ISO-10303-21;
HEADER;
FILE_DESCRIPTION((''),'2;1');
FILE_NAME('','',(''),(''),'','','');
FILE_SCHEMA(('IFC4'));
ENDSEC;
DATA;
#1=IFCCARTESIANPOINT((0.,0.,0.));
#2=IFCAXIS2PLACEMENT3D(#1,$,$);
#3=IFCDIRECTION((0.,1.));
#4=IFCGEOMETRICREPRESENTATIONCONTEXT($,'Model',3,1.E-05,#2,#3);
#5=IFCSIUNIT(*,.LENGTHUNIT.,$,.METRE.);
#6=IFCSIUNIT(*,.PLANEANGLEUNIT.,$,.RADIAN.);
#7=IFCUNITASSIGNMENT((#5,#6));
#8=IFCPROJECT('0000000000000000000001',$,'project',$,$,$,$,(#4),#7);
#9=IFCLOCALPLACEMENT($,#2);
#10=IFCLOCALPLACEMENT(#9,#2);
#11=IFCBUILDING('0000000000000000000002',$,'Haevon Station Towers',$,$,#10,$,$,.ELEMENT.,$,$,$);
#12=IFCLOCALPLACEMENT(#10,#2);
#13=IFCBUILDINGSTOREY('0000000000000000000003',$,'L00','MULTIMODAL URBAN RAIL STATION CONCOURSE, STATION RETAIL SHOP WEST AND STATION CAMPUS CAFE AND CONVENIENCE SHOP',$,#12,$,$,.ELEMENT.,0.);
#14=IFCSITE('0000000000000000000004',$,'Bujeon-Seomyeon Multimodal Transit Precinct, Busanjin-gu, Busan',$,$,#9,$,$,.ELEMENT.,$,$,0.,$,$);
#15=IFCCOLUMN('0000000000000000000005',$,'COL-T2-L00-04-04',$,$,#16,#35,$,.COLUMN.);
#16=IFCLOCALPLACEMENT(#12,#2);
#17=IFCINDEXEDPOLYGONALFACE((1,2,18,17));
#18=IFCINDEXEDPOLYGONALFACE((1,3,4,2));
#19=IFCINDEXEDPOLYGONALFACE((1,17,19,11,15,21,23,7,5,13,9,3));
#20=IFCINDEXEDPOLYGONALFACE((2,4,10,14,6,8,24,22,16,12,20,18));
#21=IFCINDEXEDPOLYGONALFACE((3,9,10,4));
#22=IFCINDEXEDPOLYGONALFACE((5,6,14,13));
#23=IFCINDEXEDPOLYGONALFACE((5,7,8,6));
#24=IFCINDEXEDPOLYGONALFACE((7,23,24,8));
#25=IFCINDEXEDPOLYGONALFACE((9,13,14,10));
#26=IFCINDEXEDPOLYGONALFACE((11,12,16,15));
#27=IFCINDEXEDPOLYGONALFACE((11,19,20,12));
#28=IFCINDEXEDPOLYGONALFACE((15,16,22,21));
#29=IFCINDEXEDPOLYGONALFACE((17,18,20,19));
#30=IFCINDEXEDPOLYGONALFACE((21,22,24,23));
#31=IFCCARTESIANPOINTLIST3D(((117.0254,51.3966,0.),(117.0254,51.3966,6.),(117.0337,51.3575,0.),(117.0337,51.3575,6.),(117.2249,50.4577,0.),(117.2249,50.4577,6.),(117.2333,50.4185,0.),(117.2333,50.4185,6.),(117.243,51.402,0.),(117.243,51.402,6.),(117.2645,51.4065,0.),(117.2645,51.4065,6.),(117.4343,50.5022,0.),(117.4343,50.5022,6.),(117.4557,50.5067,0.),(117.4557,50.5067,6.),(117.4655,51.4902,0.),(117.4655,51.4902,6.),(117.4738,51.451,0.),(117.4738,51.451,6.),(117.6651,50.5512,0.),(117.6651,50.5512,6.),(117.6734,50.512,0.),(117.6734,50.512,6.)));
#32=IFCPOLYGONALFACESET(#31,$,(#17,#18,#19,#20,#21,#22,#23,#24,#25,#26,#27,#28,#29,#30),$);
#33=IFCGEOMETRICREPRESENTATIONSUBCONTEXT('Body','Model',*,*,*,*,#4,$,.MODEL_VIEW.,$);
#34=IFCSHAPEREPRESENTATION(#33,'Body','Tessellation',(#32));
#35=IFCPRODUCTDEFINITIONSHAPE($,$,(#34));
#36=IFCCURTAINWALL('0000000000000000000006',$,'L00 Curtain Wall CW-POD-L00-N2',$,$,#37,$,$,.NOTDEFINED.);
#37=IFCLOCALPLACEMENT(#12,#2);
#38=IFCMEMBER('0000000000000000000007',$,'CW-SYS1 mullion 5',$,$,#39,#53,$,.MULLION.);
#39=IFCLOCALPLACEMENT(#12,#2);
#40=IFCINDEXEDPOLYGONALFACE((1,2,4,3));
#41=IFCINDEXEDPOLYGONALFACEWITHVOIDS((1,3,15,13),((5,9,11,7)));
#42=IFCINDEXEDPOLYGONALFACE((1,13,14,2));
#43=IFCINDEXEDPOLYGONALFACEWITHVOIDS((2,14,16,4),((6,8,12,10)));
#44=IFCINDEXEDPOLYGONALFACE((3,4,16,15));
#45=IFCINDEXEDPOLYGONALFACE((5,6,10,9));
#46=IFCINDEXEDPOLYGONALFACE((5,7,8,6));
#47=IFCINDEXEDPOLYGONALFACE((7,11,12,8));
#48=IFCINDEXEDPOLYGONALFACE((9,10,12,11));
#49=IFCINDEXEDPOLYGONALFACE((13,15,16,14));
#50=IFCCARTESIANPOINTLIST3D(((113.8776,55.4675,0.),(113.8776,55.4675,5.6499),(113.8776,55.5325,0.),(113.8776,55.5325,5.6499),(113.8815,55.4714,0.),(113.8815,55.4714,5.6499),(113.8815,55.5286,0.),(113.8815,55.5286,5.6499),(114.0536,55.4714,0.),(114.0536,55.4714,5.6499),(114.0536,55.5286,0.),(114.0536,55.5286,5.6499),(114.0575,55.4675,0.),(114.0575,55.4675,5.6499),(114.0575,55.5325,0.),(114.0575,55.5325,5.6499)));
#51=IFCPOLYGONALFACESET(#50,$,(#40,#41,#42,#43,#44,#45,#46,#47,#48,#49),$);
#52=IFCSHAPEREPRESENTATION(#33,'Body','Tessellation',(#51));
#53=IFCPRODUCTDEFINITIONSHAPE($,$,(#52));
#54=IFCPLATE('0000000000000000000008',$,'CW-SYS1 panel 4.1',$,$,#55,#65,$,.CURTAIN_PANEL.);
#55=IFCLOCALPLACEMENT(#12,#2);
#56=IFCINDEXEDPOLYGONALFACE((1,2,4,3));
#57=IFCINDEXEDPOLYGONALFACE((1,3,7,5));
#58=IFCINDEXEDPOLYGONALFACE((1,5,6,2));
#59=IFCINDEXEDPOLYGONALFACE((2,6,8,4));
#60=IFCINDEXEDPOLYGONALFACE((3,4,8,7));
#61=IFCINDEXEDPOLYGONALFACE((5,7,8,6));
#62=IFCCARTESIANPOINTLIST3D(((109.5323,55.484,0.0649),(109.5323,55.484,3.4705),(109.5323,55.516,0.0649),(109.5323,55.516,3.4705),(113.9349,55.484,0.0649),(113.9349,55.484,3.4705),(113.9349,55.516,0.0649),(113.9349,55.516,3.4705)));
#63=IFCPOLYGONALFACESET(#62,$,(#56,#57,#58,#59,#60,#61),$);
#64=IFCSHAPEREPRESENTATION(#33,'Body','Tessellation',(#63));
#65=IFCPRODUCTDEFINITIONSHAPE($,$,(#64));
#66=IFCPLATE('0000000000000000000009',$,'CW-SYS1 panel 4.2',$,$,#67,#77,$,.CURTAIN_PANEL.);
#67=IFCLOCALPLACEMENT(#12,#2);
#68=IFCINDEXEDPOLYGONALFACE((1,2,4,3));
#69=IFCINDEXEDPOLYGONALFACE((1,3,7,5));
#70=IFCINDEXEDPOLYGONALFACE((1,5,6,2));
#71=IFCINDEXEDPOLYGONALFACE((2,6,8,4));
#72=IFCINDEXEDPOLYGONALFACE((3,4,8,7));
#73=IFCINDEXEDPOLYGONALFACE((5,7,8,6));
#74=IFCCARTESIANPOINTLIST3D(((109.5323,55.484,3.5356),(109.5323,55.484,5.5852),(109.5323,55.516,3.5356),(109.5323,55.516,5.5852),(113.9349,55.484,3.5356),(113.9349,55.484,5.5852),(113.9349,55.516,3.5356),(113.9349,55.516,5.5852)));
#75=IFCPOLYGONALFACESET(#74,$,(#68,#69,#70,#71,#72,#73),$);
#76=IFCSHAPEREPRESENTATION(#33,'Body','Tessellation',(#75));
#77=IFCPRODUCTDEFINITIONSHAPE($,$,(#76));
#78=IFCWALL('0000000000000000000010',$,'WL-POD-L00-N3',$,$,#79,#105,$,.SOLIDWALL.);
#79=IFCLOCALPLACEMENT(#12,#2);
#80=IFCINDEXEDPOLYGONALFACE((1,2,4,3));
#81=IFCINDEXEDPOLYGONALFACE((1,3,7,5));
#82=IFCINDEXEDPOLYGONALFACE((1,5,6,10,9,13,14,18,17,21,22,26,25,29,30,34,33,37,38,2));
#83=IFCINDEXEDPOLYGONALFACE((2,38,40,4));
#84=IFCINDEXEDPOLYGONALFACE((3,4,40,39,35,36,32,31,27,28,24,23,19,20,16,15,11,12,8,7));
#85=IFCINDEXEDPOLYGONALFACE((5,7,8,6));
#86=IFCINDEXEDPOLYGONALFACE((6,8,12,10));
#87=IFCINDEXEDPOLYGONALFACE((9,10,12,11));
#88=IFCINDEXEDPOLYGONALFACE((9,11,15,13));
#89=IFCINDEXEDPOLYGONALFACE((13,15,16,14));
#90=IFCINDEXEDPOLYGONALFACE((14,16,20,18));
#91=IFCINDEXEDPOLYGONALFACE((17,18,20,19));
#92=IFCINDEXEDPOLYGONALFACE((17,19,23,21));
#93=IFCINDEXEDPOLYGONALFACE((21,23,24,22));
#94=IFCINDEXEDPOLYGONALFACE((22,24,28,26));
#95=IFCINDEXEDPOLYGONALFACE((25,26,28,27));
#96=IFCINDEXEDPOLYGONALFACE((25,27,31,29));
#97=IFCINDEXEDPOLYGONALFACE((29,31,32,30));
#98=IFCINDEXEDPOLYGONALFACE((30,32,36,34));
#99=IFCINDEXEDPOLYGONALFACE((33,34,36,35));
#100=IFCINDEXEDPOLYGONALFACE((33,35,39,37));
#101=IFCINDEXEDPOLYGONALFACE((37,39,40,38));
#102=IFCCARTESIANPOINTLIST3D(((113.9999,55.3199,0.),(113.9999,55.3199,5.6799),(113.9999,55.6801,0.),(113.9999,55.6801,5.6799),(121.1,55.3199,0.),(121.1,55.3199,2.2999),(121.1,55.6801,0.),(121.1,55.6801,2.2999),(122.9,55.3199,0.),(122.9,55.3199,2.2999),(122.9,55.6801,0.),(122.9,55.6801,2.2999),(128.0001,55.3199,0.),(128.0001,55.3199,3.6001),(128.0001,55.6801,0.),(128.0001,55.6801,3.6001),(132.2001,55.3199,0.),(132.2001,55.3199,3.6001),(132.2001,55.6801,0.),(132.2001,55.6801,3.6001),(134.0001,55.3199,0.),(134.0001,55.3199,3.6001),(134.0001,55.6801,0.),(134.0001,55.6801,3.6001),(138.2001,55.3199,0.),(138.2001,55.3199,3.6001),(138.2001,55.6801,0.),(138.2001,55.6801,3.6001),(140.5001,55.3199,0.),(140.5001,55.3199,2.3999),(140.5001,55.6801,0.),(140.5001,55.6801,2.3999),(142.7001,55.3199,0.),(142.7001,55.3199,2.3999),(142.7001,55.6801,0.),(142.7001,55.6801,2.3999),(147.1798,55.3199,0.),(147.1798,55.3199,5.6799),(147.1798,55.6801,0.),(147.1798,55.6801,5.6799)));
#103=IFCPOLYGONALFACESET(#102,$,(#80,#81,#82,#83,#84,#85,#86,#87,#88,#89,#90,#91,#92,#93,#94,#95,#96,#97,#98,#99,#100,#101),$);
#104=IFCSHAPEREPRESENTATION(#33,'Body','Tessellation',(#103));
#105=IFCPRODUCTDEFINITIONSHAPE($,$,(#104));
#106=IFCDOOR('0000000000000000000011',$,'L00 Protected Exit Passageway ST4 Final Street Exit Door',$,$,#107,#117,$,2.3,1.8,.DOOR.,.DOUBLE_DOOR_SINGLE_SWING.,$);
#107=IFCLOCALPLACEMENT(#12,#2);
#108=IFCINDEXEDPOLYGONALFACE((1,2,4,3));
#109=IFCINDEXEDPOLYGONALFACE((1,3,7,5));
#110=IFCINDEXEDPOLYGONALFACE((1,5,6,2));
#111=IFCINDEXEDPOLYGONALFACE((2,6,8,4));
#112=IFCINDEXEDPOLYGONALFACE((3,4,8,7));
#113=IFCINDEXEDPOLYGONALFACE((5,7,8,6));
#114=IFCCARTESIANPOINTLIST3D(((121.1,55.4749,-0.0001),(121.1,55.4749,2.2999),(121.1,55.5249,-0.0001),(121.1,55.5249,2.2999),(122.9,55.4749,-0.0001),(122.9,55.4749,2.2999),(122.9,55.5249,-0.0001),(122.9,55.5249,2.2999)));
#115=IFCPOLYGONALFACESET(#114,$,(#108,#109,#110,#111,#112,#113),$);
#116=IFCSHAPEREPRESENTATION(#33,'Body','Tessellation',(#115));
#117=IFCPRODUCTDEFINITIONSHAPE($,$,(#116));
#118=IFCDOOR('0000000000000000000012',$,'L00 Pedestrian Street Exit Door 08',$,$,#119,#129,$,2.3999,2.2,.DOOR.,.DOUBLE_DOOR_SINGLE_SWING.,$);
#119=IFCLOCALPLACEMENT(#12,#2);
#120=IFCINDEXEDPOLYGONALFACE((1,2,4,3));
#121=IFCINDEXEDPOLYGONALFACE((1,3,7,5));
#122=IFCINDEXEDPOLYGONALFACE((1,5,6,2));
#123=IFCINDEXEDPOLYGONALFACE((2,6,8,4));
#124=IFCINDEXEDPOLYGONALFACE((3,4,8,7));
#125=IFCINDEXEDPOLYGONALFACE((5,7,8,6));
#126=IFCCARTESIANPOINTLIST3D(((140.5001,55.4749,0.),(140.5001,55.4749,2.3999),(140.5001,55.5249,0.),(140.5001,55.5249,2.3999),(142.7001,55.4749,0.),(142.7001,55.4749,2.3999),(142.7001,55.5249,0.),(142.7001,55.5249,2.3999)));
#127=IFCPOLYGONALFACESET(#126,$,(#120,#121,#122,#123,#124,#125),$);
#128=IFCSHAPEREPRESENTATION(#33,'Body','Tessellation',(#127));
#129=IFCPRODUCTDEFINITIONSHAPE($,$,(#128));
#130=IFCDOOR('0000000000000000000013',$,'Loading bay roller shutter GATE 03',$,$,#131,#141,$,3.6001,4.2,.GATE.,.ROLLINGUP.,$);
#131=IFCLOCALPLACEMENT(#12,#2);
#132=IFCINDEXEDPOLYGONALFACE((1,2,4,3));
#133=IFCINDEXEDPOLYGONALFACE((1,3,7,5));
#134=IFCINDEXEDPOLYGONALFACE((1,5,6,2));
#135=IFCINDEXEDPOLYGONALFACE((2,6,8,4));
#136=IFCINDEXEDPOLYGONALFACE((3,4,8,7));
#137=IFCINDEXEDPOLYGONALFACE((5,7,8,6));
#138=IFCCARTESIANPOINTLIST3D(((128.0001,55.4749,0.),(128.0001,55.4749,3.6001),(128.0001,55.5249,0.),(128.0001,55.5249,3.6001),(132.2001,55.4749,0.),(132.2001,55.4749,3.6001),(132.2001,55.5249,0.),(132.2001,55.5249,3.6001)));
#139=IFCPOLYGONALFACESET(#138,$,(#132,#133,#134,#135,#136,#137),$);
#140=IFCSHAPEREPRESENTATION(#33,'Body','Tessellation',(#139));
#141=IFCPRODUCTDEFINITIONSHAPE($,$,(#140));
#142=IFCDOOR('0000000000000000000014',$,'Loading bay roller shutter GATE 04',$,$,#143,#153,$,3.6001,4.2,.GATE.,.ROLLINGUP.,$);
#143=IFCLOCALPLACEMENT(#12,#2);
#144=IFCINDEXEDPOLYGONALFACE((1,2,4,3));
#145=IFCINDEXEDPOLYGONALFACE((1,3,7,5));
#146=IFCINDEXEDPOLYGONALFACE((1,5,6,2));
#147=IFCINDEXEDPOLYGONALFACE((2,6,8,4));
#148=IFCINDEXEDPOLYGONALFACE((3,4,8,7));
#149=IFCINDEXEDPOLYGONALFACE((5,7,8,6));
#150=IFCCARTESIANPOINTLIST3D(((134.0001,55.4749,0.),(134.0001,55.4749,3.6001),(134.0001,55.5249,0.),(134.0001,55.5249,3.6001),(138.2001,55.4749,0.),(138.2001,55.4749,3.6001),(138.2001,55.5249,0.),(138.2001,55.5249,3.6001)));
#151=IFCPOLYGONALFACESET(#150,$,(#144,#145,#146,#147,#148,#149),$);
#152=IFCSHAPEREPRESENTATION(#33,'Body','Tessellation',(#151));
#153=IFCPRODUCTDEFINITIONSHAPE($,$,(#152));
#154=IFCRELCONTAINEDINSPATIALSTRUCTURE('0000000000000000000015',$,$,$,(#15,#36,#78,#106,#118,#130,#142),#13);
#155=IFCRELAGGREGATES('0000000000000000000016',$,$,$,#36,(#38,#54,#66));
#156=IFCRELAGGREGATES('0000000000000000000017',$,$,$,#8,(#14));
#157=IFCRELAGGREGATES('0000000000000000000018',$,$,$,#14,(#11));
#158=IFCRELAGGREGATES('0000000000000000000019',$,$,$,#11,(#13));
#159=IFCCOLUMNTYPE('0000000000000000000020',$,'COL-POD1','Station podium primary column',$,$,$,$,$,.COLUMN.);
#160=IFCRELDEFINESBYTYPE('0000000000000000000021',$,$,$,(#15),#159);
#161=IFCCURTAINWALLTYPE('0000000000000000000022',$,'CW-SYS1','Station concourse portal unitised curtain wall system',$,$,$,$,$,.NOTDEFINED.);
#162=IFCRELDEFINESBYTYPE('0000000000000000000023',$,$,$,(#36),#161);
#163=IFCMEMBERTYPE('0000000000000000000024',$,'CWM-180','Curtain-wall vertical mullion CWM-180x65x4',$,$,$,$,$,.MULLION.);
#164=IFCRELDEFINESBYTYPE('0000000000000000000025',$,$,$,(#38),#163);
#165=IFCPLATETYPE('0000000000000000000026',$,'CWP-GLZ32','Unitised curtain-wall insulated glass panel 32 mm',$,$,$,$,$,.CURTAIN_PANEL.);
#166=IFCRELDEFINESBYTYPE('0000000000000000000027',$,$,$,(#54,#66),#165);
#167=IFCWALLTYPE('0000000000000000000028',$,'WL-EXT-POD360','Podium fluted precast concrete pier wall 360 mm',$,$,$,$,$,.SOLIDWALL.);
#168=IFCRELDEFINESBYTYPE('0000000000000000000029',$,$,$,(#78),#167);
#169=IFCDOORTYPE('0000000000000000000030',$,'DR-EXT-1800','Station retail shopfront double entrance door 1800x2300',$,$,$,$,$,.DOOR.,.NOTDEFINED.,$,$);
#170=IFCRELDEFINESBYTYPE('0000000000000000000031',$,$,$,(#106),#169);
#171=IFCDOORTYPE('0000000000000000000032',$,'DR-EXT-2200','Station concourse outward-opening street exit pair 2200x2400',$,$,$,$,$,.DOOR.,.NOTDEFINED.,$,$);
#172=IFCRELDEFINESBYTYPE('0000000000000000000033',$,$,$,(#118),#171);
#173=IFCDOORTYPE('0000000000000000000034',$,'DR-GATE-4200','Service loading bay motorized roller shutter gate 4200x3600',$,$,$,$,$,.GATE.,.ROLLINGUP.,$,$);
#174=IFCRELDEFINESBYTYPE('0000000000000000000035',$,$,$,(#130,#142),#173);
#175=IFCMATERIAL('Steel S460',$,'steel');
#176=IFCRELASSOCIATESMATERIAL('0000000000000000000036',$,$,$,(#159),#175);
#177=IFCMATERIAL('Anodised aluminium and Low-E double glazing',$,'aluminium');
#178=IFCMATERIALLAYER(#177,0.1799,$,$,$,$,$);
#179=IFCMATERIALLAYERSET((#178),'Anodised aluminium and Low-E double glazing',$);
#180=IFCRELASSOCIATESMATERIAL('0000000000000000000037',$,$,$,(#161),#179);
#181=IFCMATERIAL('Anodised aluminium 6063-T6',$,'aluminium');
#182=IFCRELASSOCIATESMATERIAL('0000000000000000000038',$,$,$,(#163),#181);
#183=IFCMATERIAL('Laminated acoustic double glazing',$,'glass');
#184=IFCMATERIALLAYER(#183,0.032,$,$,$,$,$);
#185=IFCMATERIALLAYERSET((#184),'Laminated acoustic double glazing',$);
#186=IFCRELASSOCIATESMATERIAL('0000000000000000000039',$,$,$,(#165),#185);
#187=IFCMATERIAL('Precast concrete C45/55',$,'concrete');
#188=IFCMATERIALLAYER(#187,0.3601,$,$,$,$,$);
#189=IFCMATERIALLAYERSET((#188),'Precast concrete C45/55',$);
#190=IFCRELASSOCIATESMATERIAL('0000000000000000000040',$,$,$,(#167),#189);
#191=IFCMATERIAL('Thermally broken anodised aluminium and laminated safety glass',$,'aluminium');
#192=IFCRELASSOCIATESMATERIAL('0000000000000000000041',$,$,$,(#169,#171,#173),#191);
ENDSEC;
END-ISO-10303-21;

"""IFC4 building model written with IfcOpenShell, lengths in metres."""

from ifc_helpers import new_model, si_unit, direction, frame, frame_2d, origin, origin_2d, place, context, subcontext, project, spatial, rectangle, hollow_rectangle, i_section, extrude, material, layer, layer_set, material_profile, profile_set, type_object, element, fill, aggregate, save


model = new_model("IFC4")

# Units and contexts
model_context = context("Model", 3, precision=1e-05, world=origin(), true_north=direction((0.0, 1.0)))
body_context = subcontext(model_context, "Body", "Model", "MODEL_VIEW")
ifc_project = project(units=[si_unit("LENGTHUNIT", "METRE"), si_unit("PLANEANGLEUNIT", "RADIAN")], contexts=[model_context])

# Site, building, storey
site_placement = place(None, origin())
site = spatial("IfcSite", under=ifc_project, at=site_placement, Name="Bujeon-Seomyeon Multimodal Transit Precinct, Busanjin-gu, Busan", CompositionType="ELEMENT", RefElevation=0.0)
building_placement = place(site_placement, origin())
building = spatial("IfcBuilding", under=site, at=building_placement, Name="Haevon Station Towers", CompositionType="ELEMENT")
storey_placement = place(building_placement, origin())
storey = spatial("IfcBuildingStorey", under=building, at=storey_placement, Name="L00", Description="MULTIMODAL URBAN RAIL STATION CONCOURSE, STATION RETAIL SHOP WEST AND STATION CAMPUS CAFE AND CONVENIENCE SHOP", CompositionType="ELEMENT", Elevation=0.0)

# Column
ifc_material_1 = material(Name="Steel S460", Category="steel")
ifc_material_profile_1 = material_profile(ifc_material_1, i_section(OverallWidth=0.45, OverallDepth=1.0, WebThickness=0.022, FlangeThickness=0.04, at=origin_2d()), Name="H-1000x450x22x40")
ifc_profile_set_1 = profile_set([ifc_material_profile_1], Name="Steel S460")
column_type = type_object("IfcColumnType", Name="COL-POD1", Description="Station podium primary column", PredefinedType="COLUMN", material=ifc_profile_set_1)
column_placement = place(storey_placement, frame((117.3494, 50.9543, 0.0), z_axis=(0.0, 0.0, 1.0), x_axis=(0.978148, 0.207912, 0.0)))
element("IfcColumn", 1, at=column_placement, inside=storey, type_object=column_type, Name="COL-T2-L00-04-04", PredefinedType="COLUMN", context=body_context, shape_type="SweptSolid", body=[
    extrude(i_section(OverallWidth=0.45, OverallDepth=1.0, WebThickness=0.022, FlangeThickness=0.04, at=origin_2d()), origin(), (0.0, 0.0, 1.0), 6.0),
])

# Curtain wall, member, plates
ifc_material_2 = material(Name="Anodised aluminium and Low-E double glazing", Category="aluminium")
ifc_layer_1 = layer(ifc_material_2, 0.1799)
ifc_layer_set_1 = layer_set([ifc_layer_1], Name="Anodised aluminium and Low-E double glazing")
curtain_wall_type = type_object("IfcCurtainWallType", Name="CW-SYS1", Description="Station concourse portal unitised curtain wall system", PredefinedType="NOTDEFINED", material=ifc_layer_set_1)
curtain_wall_placement = place(storey_placement, origin())
curtain_wall = element("IfcCurtainWall", 2, at=curtain_wall_placement, inside=storey, type_object=curtain_wall_type, Name="L00 Curtain Wall CW-POD-L00-N2", PredefinedType="NOTDEFINED")
ifc_material_3 = material(Name="Anodised aluminium 6063-T6", Category="aluminium")
ifc_material_profile_2 = material_profile(ifc_material_3, hollow_rectangle(XDim=0.0649, YDim=0.1799, WallThickness=0.0039, at=origin_2d()), Name="CWM-180x65x4")
ifc_profile_set_2 = profile_set([ifc_material_profile_2], Name="Anodised aluminium 6063-T6")
member_type = type_object("IfcMemberType", Name="CWM-180", Description="Curtain-wall vertical mullion CWM-180x65x4", PredefinedType="MULLION", material=ifc_profile_set_2)
member_placement = place(storey_placement, frame((113.9675, 55.5, 0.0), z_axis=(0.0, 0.0, 1.0), x_axis=(0.0, 1.0, 0.0)))
member = element("IfcMember", 3, at=member_placement, type_object=member_type, Name="CW-SYS1 mullion 5", PredefinedType="MULLION", context=body_context, shape_type="SweptSolid", body=[
    extrude(hollow_rectangle(XDim=0.0649, YDim=0.1799, WallThickness=0.0039, at=origin_2d()), origin(), (0.0, 0.0, 1.0), 5.6499),
])
ifc_material_4 = material(Name="Laminated acoustic double glazing", Category="glass")
ifc_layer_2 = layer(ifc_material_4, 0.032)
ifc_layer_set_2 = layer_set([ifc_layer_2], Name="Laminated acoustic double glazing")
plate_type = type_object("IfcPlateType", Name="CWP-GLZ32", Description="Unitised curtain-wall insulated glass panel 32 mm", PredefinedType="CURTAIN_PANEL", material=ifc_layer_set_2)
plate_1_placement = place(storey_placement, frame((111.7336, 55.5, 0.0649), z_axis=(0.0, 0.0, 1.0), x_axis=(1.0, 0.0, 0.0)))
plate_1 = element("IfcPlate", 4, at=plate_1_placement, type_object=plate_type, Name="CW-SYS1 panel 4.1", PredefinedType="CURTAIN_PANEL", context=body_context, shape_type="SweptSolid", body=[
    extrude(rectangle(XDim=4.4026, YDim=0.032, at=origin_2d()), origin(), (0.0, 0.0, 1.0), 3.4055),
])
plate_2_placement = place(storey_placement, frame((111.7336, 55.5, 3.5356), z_axis=(0.0, 0.0, 1.0), x_axis=(1.0, 0.0, 0.0)))
plate_2 = element("IfcPlate", 5, at=plate_2_placement, type_object=plate_type, Name="CW-SYS1 panel 4.2", PredefinedType="CURTAIN_PANEL", context=body_context, shape_type="SweptSolid", body=[
    extrude(rectangle(XDim=4.4026, YDim=0.032, at=origin_2d()), origin(), (0.0, 0.0, 1.0), 2.0496),
])
aggregate(curtain_wall, [member, plate_1, plate_2])

# Wall, openings, doors
ifc_material_5 = material(Name="Precast concrete C45/55", Category="concrete")
ifc_layer_3 = layer(ifc_material_5, 0.3601)
ifc_layer_set_3 = layer_set([ifc_layer_3], Name="Precast concrete C45/55")
wall_type = type_object("IfcWallType", Name="WL-EXT-POD360", Description="Podium fluted precast concrete pier wall 360 mm", PredefinedType="SOLIDWALL", material=ifc_layer_set_3)
wall_placement = place(storey_placement, frame((114.0, 55.5, 0.0), z_axis=(0.0, 0.0, 1.0), x_axis=(1.0, 0.0, 0.0)))
wall = element("IfcWall", 6, at=wall_placement, inside=storey, type_object=wall_type, Name="WL-POD-L00-N3", PredefinedType="SOLIDWALL", context=body_context, shape_type="SweptSolid", body=[
    extrude(rectangle(XDim=33.1799, YDim=0.3601, at=frame_2d((16.5898, 0.0))), origin(), (0.0, 0.0, 1.0), 5.6799),
])
opening_1_placement = place(wall_placement, frame((26.5, 0.0, 0.0)))
opening_1 = element("IfcOpeningElement", 7, at=opening_1_placement, cuts=wall, PredefinedType="OPENING", context=body_context, shape_type="SweptSolid", body=[
    extrude(rectangle(XDim=2.2, YDim=2.3999, at=frame_2d((1.1001, 1.2))), frame((0.0, 0.1899, 0.0), z_axis=(0.0, -1.0, 0.0), x_axis=(1.0, 0.0, 0.0)), (0.0, 0.0, 1.0), 0.3801),
])
opening_2_placement = place(wall_placement, frame((7.1001, 0.0, 0.0)))
opening_2 = element("IfcOpeningElement", 8, at=opening_2_placement, cuts=wall, PredefinedType="OPENING", context=body_context, shape_type="SweptSolid", body=[
    extrude(rectangle(XDim=1.8, YDim=2.3, at=frame_2d((0.8999, 1.1499))), frame((0.0, 0.1899, 0.0), z_axis=(0.0, -1.0, 0.0), x_axis=(1.0, 0.0, 0.0)), (0.0, 0.0, 1.0), 0.3801),
])
opening_3_placement = place(wall_placement, frame((14.0, 0.0, 0.0)))
opening_3 = element("IfcOpeningElement", 9, at=opening_3_placement, cuts=wall, PredefinedType="OPENING", context=body_context, shape_type="SweptSolid", body=[
    extrude(rectangle(XDim=4.2, YDim=3.6001, at=frame_2d((2.1001, 1.8))), frame((0.0, 0.1899, 0.0), z_axis=(0.0, -1.0, 0.0), x_axis=(1.0, 0.0, 0.0)), (0.0, 0.0, 1.0), 0.3801),
])
opening_4_placement = place(wall_placement, frame((20.0, 0.0, 0.0)))
opening_4 = element("IfcOpeningElement", 10, at=opening_4_placement, cuts=wall, PredefinedType="OPENING", context=body_context, shape_type="SweptSolid", body=[
    extrude(rectangle(XDim=4.2, YDim=3.6001, at=frame_2d((2.1001, 1.8))), frame((0.0, 0.1899, 0.0), z_axis=(0.0, -1.0, 0.0), x_axis=(1.0, 0.0, 0.0)), (0.0, 0.0, 1.0), 0.3801),
])
ifc_material_6 = material(Name="Thermally broken anodised aluminium and laminated safety glass", Category="aluminium")
door_type_1 = type_object("IfcDoorType", Name="DR-EXT-1800", Description="Station retail shopfront double entrance door 1800x2300", OperationType="NOTDEFINED", PredefinedType="DOOR", material=ifc_material_6)
door_1_placement = place(opening_2_placement, origin())
door_1 = element("IfcDoor", 11, at=door_1_placement, inside=storey, type_object=door_type_1, Name="L00 Protected Exit Passageway ST4 Final Street Exit Door", OperationType="DOUBLE_DOOR_SINGLE_SWING", OverallHeight=2.3, OverallWidth=1.8, PredefinedType="DOOR", context=body_context, shape_type="SweptSolid", body=[
    extrude(rectangle(XDim=1.8, YDim=2.3, at=frame_2d((0.8999, 1.1499))), frame((0.0, 0.0249, 0.0), z_axis=(0.0, -1.0, 0.0), x_axis=(1.0, 0.0, 0.0)), (0.0, 0.0, 1.0), 0.05),
])
fill(opening_2, door_1)
door_type_2 = type_object("IfcDoorType", Name="DR-EXT-2200", Description="Station concourse outward-opening street exit pair 2200x2400", OperationType="NOTDEFINED", PredefinedType="DOOR", material=ifc_material_6)
door_2_placement = place(opening_1_placement, origin())
door_2 = element("IfcDoor", 12, at=door_2_placement, inside=storey, type_object=door_type_2, Name="L00 Pedestrian Street Exit Door 08", OperationType="DOUBLE_DOOR_SINGLE_SWING", OverallHeight=2.3999, OverallWidth=2.2, PredefinedType="DOOR", context=body_context, shape_type="SweptSolid", body=[
    extrude(rectangle(XDim=2.2, YDim=2.3999, at=frame_2d((1.1001, 1.2))), frame((0.0, 0.0249, 0.0), z_axis=(0.0, -1.0, 0.0), x_axis=(1.0, 0.0, 0.0)), (0.0, 0.0, 1.0), 0.05),
])
fill(opening_1, door_2)
door_type_3 = type_object("IfcDoorType", Name="DR-GATE-4200", Description="Service loading bay motorized roller shutter gate 4200x3600", OperationType="ROLLINGUP", PredefinedType="GATE", material=ifc_material_6)
door_3_placement = place(opening_3_placement, origin())
door_3 = element("IfcDoor", 13, at=door_3_placement, inside=storey, type_object=door_type_3, Name="Loading bay roller shutter GATE 03", OperationType="ROLLINGUP", OverallHeight=3.6001, OverallWidth=4.2, PredefinedType="GATE", context=body_context, shape_type="SweptSolid", body=[
    extrude(rectangle(XDim=4.2, YDim=3.6001, at=frame_2d((2.1001, 1.8))), frame((0.0, 0.0249, 0.0), z_axis=(0.0, -1.0, 0.0), x_axis=(1.0, 0.0, 0.0)), (0.0, 0.0, 1.0), 0.05),
])
fill(opening_3, door_3)
door_4_placement = place(opening_4_placement, origin())
door_4 = element("IfcDoor", 14, at=door_4_placement, inside=storey, type_object=door_type_3, Name="Loading bay roller shutter GATE 04", OperationType="ROLLINGUP", OverallHeight=3.6001, OverallWidth=4.2, PredefinedType="GATE", context=body_context, shape_type="SweptSolid", body=[
    extrude(rectangle(XDim=4.2, YDim=3.6001, at=frame_2d((2.1001, 1.8))), frame((0.0, 0.0249, 0.0), z_axis=(0.0, -1.0, 0.0), x_axis=(1.0, 0.0, 0.0)), (0.0, 0.0, 1.0), 0.05),
])
fill(opening_4, door_4)

save(model, "model.ifc")
